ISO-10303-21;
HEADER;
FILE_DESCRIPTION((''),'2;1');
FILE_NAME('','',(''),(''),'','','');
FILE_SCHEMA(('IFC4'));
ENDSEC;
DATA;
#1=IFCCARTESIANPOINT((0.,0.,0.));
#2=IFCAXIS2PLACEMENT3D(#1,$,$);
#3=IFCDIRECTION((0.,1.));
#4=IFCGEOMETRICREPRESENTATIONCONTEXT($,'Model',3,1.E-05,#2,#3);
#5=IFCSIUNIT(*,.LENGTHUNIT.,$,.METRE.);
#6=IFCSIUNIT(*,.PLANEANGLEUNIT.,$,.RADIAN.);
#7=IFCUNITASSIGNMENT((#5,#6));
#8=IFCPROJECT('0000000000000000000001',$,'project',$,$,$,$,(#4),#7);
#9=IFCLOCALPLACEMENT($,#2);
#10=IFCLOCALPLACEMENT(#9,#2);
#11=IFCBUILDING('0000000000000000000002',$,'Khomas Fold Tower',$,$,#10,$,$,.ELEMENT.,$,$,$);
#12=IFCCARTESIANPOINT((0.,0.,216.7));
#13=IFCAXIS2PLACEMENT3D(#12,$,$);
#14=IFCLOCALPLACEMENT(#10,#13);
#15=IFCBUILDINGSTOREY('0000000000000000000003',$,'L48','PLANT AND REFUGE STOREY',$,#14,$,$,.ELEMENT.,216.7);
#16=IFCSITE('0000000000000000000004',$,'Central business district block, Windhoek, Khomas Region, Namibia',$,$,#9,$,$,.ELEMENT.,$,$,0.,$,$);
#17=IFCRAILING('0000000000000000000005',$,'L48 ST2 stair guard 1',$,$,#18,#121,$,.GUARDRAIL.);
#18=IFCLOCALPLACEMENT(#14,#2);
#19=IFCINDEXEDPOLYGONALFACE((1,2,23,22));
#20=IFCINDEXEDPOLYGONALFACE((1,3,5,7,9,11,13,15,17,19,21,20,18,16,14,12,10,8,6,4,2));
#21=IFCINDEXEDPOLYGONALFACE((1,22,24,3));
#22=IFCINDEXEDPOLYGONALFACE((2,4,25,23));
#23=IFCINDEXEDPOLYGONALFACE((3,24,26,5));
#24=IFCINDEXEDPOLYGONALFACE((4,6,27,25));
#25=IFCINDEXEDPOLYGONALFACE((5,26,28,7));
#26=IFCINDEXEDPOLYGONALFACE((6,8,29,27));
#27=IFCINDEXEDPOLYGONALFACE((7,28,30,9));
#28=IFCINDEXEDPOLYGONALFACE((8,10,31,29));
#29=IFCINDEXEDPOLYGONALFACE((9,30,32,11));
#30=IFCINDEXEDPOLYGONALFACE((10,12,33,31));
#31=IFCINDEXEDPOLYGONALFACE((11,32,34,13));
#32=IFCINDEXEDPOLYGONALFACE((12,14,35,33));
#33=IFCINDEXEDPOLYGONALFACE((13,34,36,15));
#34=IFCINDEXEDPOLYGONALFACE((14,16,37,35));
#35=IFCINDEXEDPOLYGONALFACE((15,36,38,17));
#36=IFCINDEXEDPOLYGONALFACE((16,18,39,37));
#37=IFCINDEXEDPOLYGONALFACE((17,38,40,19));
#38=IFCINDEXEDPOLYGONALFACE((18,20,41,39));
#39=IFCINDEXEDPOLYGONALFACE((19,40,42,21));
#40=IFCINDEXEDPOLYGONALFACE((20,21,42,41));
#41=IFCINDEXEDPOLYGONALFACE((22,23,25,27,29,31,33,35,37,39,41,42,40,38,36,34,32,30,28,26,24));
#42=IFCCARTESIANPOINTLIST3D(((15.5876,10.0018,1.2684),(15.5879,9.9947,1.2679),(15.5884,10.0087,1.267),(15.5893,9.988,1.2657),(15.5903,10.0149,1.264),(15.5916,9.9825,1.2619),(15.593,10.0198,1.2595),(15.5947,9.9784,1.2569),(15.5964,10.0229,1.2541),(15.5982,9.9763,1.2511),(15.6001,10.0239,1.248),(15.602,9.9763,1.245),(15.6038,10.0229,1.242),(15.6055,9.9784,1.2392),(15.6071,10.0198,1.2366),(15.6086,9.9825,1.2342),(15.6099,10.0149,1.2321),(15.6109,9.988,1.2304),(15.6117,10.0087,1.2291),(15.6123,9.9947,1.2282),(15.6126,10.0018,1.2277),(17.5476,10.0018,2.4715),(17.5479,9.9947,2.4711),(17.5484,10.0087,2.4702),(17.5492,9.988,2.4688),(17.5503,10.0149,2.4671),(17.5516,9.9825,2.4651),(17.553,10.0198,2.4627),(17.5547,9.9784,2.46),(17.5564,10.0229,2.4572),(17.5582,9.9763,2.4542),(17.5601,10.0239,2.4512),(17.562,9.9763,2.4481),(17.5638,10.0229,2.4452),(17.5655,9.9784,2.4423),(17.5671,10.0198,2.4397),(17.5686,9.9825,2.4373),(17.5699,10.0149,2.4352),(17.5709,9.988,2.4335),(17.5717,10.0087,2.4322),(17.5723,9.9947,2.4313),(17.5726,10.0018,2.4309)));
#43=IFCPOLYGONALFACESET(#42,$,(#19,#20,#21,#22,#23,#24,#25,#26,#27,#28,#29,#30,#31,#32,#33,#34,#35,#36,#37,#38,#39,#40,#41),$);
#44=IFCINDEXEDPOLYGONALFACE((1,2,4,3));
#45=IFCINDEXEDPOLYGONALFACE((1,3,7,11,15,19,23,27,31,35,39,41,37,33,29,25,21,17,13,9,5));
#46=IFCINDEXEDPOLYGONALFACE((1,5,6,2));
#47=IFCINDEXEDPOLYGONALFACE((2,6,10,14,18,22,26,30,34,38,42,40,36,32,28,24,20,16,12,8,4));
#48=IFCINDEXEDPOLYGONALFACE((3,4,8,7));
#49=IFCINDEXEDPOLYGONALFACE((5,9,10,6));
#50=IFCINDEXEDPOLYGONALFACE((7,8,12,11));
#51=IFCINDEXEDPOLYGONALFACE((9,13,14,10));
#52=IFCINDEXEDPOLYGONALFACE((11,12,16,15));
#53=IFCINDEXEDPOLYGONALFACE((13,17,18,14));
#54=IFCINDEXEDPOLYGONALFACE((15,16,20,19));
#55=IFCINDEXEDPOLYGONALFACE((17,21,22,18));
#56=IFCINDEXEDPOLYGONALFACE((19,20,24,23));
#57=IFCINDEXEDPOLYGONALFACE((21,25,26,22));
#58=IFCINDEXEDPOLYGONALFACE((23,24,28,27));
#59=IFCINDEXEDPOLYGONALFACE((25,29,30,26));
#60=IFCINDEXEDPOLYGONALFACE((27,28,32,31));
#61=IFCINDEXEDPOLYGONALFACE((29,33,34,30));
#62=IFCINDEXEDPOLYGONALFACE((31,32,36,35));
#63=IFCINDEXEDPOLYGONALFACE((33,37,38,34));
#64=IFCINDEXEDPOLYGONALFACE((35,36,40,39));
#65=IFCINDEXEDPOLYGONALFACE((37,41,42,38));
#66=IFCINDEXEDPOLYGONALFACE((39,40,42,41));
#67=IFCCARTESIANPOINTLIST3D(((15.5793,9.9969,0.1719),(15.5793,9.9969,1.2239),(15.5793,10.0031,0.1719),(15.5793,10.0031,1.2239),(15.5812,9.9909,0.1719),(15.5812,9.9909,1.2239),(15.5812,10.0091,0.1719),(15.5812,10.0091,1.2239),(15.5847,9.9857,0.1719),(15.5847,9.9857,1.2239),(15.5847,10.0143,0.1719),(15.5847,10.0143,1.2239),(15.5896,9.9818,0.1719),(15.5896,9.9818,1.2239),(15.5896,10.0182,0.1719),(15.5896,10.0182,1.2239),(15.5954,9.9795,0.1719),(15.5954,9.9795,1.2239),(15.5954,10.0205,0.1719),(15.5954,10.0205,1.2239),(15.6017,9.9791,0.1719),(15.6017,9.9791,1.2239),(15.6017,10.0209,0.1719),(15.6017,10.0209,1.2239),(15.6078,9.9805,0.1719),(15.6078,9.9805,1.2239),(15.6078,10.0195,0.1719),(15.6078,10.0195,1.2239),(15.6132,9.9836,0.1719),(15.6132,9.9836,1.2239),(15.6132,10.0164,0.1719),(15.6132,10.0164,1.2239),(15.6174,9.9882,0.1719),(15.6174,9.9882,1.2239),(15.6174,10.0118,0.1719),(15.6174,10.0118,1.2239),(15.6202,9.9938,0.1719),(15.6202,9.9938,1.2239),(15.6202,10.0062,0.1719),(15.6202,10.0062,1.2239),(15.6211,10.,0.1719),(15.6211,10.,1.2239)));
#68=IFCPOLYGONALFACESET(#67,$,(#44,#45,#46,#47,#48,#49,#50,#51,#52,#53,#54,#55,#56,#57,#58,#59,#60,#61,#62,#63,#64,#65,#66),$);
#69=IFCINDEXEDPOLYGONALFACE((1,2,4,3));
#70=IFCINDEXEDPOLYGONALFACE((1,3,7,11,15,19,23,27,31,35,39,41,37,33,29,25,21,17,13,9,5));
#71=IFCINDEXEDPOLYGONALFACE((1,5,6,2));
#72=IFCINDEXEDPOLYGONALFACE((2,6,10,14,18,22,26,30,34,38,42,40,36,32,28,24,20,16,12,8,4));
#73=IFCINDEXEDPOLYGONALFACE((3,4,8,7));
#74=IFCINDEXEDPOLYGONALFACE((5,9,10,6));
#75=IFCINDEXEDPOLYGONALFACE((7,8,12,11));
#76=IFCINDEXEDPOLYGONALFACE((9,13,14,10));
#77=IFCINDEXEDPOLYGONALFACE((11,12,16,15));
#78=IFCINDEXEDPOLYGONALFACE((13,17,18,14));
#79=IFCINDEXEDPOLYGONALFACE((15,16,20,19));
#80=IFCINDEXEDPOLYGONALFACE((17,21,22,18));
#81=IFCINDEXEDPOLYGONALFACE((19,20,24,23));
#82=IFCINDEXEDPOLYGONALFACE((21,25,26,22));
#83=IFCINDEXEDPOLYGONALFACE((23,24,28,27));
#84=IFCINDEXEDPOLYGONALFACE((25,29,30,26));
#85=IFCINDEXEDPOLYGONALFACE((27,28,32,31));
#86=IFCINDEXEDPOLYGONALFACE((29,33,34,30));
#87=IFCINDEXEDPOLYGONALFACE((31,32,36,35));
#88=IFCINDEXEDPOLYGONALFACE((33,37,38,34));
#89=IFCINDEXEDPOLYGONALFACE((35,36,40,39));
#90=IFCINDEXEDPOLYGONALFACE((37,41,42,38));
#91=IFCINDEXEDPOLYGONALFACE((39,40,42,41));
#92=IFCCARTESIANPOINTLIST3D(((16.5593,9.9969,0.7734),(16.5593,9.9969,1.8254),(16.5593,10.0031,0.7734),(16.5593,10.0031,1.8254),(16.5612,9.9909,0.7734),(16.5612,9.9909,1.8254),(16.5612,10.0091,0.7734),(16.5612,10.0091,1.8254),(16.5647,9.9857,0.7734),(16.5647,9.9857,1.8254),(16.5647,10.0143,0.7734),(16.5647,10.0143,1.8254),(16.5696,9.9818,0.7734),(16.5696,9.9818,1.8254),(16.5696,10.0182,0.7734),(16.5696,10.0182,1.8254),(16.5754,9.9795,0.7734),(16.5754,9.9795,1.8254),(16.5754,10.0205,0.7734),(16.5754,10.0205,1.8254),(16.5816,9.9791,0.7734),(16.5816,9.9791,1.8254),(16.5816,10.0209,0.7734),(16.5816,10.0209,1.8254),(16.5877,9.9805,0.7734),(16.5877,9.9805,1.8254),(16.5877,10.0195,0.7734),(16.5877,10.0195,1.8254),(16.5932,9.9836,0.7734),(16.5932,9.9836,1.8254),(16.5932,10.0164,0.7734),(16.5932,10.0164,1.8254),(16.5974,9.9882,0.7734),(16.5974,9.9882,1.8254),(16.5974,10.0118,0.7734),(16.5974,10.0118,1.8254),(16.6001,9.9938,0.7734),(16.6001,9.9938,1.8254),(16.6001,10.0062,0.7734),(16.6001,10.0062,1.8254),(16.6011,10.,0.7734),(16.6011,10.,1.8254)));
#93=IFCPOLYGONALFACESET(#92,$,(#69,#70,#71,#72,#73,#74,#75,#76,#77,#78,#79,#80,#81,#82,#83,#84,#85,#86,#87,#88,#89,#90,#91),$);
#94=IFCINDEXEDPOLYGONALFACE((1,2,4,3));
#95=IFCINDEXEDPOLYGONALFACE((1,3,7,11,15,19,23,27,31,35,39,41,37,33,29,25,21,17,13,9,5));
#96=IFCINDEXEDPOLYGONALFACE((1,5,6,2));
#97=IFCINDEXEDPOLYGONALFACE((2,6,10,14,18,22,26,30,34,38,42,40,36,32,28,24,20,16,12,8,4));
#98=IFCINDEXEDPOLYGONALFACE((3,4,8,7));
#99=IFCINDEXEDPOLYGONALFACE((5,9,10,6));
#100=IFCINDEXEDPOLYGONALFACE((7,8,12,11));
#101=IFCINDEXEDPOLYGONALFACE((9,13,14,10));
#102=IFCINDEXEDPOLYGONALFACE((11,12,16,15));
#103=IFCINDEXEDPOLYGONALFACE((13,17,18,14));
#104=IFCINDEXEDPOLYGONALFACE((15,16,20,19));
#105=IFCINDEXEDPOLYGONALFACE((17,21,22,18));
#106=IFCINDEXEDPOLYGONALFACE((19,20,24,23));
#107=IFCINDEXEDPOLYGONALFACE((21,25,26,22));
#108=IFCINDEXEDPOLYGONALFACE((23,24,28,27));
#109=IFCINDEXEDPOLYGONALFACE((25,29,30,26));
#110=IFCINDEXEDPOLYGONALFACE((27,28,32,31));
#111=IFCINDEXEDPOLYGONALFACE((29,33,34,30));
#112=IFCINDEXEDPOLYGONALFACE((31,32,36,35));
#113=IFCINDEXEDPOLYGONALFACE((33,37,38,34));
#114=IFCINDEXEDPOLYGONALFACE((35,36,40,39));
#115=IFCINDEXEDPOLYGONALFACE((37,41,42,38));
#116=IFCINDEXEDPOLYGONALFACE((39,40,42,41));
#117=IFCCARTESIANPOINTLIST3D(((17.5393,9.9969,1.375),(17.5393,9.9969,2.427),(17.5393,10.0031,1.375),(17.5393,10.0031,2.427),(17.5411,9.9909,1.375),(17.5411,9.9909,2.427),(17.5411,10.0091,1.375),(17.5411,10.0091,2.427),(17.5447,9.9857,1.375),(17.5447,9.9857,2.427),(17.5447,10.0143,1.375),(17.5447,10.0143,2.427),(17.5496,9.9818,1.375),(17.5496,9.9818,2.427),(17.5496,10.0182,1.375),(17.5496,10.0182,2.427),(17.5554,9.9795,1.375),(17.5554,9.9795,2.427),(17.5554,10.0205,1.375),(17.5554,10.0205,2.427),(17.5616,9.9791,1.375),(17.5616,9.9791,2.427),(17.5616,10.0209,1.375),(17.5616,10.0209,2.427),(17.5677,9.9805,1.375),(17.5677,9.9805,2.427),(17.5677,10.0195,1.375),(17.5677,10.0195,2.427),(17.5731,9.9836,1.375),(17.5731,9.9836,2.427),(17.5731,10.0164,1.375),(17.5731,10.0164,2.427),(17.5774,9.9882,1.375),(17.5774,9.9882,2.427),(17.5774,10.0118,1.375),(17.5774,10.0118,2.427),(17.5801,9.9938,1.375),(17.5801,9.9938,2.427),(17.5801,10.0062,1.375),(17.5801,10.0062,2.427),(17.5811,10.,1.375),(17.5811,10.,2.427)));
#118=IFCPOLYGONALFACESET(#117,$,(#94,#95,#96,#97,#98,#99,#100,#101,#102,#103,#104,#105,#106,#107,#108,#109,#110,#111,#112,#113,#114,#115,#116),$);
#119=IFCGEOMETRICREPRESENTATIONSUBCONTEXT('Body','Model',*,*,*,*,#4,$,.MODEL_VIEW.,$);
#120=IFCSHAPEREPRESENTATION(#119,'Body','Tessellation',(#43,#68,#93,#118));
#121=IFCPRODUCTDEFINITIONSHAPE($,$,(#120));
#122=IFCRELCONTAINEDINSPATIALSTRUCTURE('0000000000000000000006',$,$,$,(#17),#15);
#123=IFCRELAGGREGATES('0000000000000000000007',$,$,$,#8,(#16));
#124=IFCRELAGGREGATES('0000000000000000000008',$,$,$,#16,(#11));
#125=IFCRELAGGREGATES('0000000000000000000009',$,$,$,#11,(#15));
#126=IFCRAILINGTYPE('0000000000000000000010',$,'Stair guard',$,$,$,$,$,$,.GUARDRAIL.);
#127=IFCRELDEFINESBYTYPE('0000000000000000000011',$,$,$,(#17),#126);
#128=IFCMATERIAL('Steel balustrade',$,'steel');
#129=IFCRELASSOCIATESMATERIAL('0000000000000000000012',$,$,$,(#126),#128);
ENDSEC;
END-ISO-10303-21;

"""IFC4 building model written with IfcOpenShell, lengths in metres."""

from ifc_helpers import new_model, si_unit, direction, frame, origin, origin_2d, place, context, subcontext, project, spatial, circle, extrude, source, transform, mapped, material, type_object, element, save


model = new_model("IFC4")

# Units and contexts
model_context = context("Model", 3, precision=1e-05, world=origin(), true_north=direction((0.0, 1.0)))
body_context = subcontext(model_context, "Body", "Model", "MODEL_VIEW")
ifc_project = project(units=[si_unit("LENGTHUNIT", "METRE"), si_unit("PLANEANGLEUNIT", "RADIAN")], contexts=[model_context])

# Site, building, storey
site_placement = place(None, origin())
site = spatial("IfcSite", under=ifc_project, at=site_placement, Name="Central business district block, Windhoek, Khomas Region, Namibia", CompositionType="ELEMENT", RefElevation=0.0)
building_placement = place(site_placement, origin())
building = spatial("IfcBuilding", under=site, at=building_placement, Name="Khomas Fold Tower", CompositionType="ELEMENT")
storey_placement = place(building_placement, frame((0.0, 0.0, 216.7)))
storey = spatial("IfcBuildingStorey", under=building, at=storey_placement, Name="L48", Description="PLANT AND REFUGE STOREY", CompositionType="ELEMENT", Elevation=216.7)

# Railing
ifc_material_1 = material(Name="Steel balustrade", Category="steel")
railing_type_1 = type_object("IfcRailingType", Name="Stair guard", PredefinedType="GUARDRAIL", material=ifc_material_1)
shared_shape_1 = source(origin(), body_context, "Body", "SweptSolid", [
    extrude(circle(Radius=0.0239, at=origin_2d()), frame((0.0, 0.0, 1.0762), z_axis=(0.852241, 0.0, 0.523149), x_axis=(0.0, 1.0, 0.0)), (0.0, 0.0, 1.0), 2.2998),
    extrude(circle(Radius=0.021, at=origin_2d()), origin(), (0.0, 0.0, 1.0), 1.052),
    extrude(circle(Radius=0.021, at=origin_2d()), frame((0.98, 0.0, 0.6016)), (0.0, 0.0, 1.0), 1.052),
    extrude(circle(Radius=0.021, at=origin_2d()), frame((1.96, 0.0, 1.2031)), (0.0, 0.0, 1.0), 1.052),
])
for number, where, name in (
    (1, (15.6001, 10.0, 0.1719), "L48 ST2 stair guard 1"),
):
    element("IfcRailing", number, at=place(storey_placement, frame(where)), inside=storey, type_object=railing_type_1, Name=name, PredefinedType="GUARDRAIL", context=body_context, shape_type="MappedRepresentation", body=[
        mapped(shared_shape_1, transform((0.0, 0.0, 0.0))),
    ])

save(model, "model.ifc")
